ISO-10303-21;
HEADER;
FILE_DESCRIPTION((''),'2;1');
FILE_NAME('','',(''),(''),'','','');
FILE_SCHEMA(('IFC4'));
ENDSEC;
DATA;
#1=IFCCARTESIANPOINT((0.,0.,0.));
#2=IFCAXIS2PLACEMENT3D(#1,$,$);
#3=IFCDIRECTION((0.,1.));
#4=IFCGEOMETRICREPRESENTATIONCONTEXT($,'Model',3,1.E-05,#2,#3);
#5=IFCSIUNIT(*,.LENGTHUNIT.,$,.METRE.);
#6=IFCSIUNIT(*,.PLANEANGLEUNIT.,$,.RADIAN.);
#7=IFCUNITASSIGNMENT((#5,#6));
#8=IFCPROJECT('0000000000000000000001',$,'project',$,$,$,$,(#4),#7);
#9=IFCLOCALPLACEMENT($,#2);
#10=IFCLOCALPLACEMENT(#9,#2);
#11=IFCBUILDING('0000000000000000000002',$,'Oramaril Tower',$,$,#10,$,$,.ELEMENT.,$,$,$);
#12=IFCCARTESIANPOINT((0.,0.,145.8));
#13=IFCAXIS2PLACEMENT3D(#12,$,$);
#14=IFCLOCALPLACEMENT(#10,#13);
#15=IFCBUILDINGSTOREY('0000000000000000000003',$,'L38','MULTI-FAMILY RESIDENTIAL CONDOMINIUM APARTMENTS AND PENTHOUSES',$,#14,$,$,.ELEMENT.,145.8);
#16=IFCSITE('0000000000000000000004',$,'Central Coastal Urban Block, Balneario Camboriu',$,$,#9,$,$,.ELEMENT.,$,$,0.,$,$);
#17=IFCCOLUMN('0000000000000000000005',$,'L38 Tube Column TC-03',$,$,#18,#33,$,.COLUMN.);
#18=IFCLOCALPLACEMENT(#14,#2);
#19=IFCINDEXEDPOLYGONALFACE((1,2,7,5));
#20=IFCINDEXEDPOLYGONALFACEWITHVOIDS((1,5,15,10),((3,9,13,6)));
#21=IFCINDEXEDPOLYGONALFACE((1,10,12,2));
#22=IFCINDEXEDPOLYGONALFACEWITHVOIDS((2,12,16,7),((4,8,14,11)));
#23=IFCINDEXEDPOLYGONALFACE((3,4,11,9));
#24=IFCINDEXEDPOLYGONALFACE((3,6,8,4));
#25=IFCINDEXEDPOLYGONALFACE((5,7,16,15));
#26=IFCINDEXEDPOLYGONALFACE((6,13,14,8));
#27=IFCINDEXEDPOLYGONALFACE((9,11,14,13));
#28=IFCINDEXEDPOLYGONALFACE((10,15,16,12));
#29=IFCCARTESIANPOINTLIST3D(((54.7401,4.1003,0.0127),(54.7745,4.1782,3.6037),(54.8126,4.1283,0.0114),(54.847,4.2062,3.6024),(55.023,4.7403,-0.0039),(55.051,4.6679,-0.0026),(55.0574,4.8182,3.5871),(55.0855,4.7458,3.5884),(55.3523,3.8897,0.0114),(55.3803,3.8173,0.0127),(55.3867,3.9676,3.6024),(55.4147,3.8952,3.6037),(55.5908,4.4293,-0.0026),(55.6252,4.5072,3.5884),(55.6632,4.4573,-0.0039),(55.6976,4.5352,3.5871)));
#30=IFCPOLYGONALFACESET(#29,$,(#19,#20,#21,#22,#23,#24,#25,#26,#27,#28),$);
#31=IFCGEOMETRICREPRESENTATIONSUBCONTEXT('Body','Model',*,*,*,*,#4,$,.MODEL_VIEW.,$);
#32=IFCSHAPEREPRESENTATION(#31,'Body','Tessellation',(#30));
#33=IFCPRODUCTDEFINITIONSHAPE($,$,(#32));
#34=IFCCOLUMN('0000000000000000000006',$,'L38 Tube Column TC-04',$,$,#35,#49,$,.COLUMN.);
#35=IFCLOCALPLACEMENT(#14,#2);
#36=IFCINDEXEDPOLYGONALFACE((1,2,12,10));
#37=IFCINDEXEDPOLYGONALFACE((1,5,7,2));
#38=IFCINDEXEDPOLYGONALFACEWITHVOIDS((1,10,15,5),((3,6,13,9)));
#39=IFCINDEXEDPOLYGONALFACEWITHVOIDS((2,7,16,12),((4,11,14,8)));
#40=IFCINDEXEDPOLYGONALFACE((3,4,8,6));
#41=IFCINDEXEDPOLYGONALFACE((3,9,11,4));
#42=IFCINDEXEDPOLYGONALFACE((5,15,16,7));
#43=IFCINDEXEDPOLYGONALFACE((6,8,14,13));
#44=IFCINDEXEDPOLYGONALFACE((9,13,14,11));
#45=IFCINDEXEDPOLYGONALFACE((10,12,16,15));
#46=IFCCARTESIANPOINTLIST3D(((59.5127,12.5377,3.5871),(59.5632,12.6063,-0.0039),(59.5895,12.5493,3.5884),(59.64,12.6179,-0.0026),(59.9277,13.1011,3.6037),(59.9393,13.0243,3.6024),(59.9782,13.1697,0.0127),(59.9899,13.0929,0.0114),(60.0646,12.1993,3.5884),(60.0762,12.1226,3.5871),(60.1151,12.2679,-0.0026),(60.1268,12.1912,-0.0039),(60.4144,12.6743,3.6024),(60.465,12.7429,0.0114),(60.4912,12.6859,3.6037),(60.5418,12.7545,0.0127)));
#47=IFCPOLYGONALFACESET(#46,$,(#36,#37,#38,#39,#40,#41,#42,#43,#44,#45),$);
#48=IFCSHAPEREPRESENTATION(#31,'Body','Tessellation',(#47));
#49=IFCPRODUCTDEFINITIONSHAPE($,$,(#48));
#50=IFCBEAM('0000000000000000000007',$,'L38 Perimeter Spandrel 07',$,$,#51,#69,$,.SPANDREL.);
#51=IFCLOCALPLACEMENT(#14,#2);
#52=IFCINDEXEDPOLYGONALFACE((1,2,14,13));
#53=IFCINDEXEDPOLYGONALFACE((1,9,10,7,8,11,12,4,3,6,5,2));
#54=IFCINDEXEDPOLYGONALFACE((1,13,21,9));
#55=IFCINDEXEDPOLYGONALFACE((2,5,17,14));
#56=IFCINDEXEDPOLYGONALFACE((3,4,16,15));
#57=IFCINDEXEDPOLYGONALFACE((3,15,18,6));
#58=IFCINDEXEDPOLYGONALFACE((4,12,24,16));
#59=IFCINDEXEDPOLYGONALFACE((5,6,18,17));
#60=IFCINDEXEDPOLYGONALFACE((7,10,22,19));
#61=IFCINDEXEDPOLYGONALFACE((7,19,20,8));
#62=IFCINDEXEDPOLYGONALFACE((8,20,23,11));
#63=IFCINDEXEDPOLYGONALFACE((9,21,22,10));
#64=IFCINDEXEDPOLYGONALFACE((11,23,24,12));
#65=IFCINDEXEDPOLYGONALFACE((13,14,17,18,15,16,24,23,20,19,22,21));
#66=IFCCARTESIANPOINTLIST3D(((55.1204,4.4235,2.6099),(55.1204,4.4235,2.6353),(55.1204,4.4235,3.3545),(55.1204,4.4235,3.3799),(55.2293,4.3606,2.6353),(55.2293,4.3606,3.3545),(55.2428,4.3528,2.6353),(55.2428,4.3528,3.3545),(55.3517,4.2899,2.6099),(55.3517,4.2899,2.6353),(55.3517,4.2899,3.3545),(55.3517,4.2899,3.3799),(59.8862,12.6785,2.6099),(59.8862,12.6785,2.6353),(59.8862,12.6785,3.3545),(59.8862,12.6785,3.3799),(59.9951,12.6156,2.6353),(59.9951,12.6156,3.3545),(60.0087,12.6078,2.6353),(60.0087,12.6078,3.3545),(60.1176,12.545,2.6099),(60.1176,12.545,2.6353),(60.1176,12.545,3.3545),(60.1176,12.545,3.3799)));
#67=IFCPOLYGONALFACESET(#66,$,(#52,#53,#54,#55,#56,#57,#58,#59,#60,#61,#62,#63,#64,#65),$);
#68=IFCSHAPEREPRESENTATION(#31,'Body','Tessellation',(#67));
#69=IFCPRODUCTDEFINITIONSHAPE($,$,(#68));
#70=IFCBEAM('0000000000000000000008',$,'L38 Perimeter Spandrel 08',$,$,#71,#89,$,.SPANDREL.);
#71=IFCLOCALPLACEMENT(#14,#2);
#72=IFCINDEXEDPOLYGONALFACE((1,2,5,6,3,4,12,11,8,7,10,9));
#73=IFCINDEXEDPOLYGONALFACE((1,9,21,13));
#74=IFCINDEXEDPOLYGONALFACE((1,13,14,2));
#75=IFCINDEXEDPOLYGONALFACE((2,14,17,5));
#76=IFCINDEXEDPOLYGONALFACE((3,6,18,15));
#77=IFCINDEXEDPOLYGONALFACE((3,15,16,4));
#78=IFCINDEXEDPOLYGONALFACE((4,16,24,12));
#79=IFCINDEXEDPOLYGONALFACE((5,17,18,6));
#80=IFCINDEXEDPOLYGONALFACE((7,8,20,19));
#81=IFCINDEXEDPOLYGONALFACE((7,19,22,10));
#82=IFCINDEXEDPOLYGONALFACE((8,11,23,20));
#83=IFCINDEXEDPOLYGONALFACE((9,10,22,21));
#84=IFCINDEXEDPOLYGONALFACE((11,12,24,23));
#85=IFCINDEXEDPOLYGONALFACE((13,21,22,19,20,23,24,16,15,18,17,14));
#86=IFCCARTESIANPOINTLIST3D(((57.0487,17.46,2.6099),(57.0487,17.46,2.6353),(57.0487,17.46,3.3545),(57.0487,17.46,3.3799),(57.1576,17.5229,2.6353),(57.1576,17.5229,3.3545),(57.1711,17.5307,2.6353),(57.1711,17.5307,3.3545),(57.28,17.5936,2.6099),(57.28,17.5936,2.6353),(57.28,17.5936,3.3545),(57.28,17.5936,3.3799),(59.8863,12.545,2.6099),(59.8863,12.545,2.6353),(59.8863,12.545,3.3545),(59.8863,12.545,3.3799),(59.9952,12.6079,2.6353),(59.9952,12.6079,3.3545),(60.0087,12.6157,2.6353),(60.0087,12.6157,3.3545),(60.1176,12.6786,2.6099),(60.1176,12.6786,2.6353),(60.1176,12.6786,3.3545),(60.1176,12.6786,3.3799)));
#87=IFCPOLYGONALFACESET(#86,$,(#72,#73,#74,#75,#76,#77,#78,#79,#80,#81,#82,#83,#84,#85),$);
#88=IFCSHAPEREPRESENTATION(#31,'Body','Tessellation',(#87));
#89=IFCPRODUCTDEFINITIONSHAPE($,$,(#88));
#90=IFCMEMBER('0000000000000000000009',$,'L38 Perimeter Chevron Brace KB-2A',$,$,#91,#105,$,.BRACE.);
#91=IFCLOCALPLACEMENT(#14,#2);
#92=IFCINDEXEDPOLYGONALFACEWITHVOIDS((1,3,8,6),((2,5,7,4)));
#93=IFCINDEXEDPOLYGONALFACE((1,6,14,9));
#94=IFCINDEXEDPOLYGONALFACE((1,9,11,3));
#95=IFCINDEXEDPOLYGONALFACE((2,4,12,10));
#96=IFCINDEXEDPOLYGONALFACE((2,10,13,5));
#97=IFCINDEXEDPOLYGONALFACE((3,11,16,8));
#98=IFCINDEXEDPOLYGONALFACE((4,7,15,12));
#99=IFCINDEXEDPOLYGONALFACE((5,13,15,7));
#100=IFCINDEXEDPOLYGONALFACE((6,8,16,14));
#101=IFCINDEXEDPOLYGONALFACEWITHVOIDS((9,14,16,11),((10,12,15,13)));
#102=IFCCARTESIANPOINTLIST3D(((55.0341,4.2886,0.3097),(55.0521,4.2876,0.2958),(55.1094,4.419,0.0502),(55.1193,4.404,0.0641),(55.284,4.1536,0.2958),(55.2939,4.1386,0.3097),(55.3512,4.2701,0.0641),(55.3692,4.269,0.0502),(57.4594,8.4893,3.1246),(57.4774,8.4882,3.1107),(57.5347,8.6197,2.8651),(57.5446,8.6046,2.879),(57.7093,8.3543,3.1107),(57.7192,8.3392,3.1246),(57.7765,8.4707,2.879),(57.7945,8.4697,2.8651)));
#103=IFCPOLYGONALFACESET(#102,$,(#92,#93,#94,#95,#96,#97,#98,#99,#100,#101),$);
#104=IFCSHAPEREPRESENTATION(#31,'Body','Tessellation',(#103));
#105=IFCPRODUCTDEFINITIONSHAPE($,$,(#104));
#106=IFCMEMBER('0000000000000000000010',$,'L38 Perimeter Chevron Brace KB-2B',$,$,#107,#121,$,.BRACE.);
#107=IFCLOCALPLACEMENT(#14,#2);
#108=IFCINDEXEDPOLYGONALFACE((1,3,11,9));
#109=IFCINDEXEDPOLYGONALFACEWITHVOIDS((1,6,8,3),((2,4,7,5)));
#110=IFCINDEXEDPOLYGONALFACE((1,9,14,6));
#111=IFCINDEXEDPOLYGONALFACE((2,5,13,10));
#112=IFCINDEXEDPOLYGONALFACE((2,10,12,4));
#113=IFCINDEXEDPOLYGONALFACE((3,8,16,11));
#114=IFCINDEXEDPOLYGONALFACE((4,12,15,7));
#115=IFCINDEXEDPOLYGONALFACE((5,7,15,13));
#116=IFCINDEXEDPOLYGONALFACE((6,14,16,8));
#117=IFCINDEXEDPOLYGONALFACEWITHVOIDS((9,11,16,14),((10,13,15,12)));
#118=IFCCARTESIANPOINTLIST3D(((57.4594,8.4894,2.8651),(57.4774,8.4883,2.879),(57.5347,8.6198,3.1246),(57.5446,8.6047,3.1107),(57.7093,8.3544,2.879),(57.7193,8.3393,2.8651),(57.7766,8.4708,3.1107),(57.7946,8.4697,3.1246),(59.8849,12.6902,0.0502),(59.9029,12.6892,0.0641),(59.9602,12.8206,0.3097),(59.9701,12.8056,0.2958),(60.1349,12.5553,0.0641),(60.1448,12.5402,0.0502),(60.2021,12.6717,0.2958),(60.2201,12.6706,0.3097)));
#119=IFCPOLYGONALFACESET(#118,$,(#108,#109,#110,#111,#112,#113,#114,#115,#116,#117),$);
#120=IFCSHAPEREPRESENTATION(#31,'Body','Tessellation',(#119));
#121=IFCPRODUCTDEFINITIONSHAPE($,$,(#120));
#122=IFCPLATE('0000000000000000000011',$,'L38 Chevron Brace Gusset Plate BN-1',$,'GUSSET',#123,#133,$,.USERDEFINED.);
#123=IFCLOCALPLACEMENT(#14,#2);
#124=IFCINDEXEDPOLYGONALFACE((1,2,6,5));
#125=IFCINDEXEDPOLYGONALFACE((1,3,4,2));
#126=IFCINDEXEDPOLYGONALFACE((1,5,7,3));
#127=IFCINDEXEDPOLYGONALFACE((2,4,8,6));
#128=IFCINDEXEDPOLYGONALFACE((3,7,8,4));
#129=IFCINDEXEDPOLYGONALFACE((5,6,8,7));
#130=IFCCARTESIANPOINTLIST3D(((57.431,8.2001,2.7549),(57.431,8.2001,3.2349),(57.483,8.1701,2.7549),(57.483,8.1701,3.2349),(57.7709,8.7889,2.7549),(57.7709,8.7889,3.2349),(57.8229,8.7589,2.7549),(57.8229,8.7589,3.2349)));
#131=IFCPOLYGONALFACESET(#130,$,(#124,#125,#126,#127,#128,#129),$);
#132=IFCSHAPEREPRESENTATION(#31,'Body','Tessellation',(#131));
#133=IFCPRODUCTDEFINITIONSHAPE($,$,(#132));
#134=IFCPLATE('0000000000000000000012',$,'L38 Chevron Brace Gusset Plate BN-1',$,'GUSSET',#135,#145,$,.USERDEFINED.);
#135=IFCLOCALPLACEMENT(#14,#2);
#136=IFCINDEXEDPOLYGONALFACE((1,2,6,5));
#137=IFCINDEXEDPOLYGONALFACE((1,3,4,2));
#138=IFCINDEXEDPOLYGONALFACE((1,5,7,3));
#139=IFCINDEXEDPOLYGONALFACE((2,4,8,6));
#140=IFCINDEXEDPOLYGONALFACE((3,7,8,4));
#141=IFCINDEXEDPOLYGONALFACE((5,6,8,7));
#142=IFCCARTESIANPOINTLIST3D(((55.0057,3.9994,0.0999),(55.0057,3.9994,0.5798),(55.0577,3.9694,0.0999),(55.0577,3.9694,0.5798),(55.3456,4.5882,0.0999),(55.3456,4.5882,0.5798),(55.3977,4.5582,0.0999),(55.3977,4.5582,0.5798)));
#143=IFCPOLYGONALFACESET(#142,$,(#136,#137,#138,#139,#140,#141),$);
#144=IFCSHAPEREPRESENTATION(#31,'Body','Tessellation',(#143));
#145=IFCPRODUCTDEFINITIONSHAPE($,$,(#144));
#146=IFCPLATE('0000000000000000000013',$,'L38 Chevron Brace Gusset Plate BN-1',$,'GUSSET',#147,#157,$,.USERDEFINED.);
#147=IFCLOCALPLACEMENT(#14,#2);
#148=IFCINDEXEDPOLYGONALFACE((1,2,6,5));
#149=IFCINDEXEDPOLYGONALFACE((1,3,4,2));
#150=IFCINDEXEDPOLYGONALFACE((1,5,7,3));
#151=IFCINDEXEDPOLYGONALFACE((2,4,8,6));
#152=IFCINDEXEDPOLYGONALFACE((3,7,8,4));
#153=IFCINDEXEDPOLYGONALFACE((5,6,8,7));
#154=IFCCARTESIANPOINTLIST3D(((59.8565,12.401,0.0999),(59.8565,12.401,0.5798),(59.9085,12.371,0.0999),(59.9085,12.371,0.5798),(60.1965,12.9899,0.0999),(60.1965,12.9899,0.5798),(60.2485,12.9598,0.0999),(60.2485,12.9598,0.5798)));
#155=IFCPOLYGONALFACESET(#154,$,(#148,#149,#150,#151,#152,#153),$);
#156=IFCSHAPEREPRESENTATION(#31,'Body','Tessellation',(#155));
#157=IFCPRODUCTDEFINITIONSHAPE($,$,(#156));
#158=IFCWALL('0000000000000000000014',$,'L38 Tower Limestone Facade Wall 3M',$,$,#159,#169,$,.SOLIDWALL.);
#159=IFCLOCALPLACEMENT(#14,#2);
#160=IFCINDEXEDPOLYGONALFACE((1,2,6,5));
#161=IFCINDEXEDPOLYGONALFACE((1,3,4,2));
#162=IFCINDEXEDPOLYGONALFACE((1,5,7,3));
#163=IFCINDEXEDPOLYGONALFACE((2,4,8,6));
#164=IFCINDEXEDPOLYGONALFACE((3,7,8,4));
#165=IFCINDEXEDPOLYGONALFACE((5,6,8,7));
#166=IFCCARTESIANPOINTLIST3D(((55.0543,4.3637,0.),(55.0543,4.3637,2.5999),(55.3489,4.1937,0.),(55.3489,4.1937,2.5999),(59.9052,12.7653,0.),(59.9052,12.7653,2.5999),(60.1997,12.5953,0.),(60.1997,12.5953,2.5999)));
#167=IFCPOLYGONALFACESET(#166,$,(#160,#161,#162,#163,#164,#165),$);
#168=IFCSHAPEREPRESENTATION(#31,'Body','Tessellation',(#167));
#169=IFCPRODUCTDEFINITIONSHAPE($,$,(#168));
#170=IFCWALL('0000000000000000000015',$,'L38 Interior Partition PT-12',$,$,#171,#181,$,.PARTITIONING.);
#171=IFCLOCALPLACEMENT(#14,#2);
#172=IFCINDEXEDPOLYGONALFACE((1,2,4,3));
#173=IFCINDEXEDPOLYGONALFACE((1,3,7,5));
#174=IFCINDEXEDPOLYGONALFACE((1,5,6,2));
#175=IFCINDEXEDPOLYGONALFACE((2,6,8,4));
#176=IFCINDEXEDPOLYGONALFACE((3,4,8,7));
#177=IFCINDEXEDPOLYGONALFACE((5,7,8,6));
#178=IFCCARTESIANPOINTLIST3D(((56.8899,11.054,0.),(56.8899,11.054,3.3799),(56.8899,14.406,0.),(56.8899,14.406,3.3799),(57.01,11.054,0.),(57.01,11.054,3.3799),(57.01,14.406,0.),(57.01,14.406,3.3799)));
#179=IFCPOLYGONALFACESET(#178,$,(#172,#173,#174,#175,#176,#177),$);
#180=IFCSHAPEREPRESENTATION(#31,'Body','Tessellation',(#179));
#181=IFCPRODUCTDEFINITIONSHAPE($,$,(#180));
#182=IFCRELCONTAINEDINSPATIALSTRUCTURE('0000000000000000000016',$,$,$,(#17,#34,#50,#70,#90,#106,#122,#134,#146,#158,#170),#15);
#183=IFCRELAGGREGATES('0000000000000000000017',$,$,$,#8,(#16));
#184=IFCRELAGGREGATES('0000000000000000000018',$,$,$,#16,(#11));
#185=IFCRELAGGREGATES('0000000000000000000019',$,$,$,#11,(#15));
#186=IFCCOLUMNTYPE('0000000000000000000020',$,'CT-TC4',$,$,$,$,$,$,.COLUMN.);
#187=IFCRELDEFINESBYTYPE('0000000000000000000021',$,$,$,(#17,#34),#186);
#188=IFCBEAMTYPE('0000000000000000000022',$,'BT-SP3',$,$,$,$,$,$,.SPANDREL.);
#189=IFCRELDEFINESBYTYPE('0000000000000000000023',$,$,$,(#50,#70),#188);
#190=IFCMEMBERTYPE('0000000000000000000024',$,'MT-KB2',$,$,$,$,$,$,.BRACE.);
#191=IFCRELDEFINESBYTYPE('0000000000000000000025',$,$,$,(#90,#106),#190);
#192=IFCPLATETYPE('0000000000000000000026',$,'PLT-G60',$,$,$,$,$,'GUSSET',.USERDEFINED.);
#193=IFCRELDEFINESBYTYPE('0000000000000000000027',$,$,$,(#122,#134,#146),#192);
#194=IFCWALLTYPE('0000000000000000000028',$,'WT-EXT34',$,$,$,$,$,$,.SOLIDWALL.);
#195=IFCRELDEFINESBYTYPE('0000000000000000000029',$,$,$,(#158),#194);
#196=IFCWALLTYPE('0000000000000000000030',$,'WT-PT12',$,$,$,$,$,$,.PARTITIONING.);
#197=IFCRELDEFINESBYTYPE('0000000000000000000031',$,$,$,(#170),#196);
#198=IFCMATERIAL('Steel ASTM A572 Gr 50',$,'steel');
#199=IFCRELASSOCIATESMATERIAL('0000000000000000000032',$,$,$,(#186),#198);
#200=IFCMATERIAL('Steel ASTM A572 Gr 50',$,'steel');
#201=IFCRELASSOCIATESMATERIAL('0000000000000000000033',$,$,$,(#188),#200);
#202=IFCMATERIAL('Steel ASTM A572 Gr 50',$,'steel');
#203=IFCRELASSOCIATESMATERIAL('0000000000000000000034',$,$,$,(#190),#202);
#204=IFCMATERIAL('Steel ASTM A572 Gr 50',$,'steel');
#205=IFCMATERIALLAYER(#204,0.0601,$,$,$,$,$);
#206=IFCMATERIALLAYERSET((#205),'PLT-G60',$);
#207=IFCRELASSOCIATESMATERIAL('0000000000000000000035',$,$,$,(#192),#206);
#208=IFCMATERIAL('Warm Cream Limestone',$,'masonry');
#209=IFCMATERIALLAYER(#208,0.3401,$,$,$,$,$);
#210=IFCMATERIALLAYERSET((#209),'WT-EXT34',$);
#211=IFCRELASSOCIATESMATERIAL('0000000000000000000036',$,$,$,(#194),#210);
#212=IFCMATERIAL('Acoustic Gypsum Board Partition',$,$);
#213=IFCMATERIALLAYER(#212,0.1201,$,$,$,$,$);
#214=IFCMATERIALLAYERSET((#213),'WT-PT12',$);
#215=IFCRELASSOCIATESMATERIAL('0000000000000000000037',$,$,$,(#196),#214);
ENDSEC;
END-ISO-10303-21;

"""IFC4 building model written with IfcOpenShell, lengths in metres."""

from ifc_helpers import new_model, si_unit, direction, frame, frame_2d, origin, origin_2d, place, context, subcontext, project, spatial, rectangle, hollow_rectangle, i_section, extrude, material, layer, layer_set, material_profile, profile_set, type_object, element, save


model = new_model("IFC4")

# Units and contexts
model_context = context("Model", 3, precision=1e-05, world=origin(), true_north=direction((0.0, 1.0)))
body_context = subcontext(model_context, "Body", "Model", "MODEL_VIEW")
ifc_project = project(units=[si_unit("LENGTHUNIT", "METRE"), si_unit("PLANEANGLEUNIT", "RADIAN")], contexts=[model_context])

# Site, building, storey
site_placement = place(None, origin())
site = spatial("IfcSite", under=ifc_project, at=site_placement, Name="Central Coastal Urban Block, Balneario Camboriu", CompositionType="ELEMENT", RefElevation=0.0)
building_placement = place(site_placement, origin())
building = spatial("IfcBuilding", under=site, at=building_placement, Name="Oramaril Tower", CompositionType="ELEMENT")
storey_placement = place(building_placement, frame((0.0, 0.0, 145.8)))
storey = spatial("IfcBuildingStorey", under=building, at=storey_placement, Name="L38", Description="MULTI-FAMILY RESIDENTIAL CONDOMINIUM APARTMENTS AND PENTHOUSES", CompositionType="ELEMENT", Elevation=145.8)

# Columns
ifc_material_1 = material(Name="Steel ASTM A572 Gr 50", Category="steel")
ifc_material_profile_1 = material_profile(ifc_material_1, hollow_rectangle(XDim=0.7, YDim=0.7, WallThickness=0.0549, at=origin_2d()), Name="BOX700X700X55")
ifc_profile_set_1 = profile_set([ifc_material_profile_1], Name="Steel ASTM A572 Gr 50")
column_type = type_object("IfcColumnType", Name="CT-TC4", PredefinedType="COLUMN", material=ifc_profile_set_1)
for number, where, z_axis, x_axis, name in (
    (1, (55.2017, 4.2788, 0.0044), (0.009583, 0.021681, 0.999719), (-0.914637, 0.404275, 0.0), "L38 Tube Column TC-03"),
    (2, (60.0525, 12.6804, 0.0044), (-0.014069, -0.019099, 0.999719), (0.805128, -0.593101, 0.0), "L38 Tube Column TC-04"),
):
    element("IfcColumn", number, at=place(storey_placement, frame(where, z_axis=z_axis, x_axis=x_axis)), inside=storey, type_object=column_type, Name=name, PredefinedType="COLUMN", context=body_context, shape_type="SweptSolid", body=[
        extrude(hollow_rectangle(XDim=0.7, YDim=0.7, WallThickness=0.0549, at=origin_2d()), origin(), (0.0, 0.0, 1.0), 3.592),
    ])

# Beams
ifc_material_2 = material(Name="Steel ASTM A572 Gr 50", Category="steel")
ifc_material_profile_2 = material_profile(ifc_material_2, i_section(OverallWidth=0.2671, OverallDepth=0.77, WebThickness=0.0156, FlangeThickness=0.0254, at=origin_2d()), Name="W30X132")
ifc_profile_set_2 = profile_set([ifc_material_profile_2], Name="Steel ASTM A572 Gr 50")
beam_type = type_object("IfcBeamType", Name="BT-SP3", PredefinedType="SPANDREL", material=ifc_profile_set_2)
beam_1_placement = place(storey_placement, frame((55.2361, 4.3567, 2.9949), z_axis=(0.499982, 0.866036, 0.0), x_axis=(-0.866036, 0.499982, 0.0)))
element("IfcBeam", 3, at=beam_1_placement, inside=storey, type_object=beam_type, Name="L38 Perimeter Spandrel 07", PredefinedType="SPANDREL", context=body_context, shape_type="SweptSolid", body=[
    extrude(i_section(OverallWidth=0.2671, OverallDepth=0.77, WebThickness=0.0156, FlangeThickness=0.0254, at=origin_2d()), origin(), (0.0, 0.0, 1.0), 9.532),
])
beam_2_placement = place(storey_placement, frame((60.002, 12.6118, 2.9949), z_axis=(-0.499993, 0.866029, 0.0), x_axis=(-0.866029, -0.499993, 0.0)))
element("IfcBeam", 4, at=beam_2_placement, inside=storey, type_object=beam_type, Name="L38 Perimeter Spandrel 08", PredefinedType="SPANDREL", context=body_context, shape_type="SweptSolid", body=[
    extrude(i_section(OverallWidth=0.2671, OverallDepth=0.77, WebThickness=0.0156, FlangeThickness=0.0254, at=origin_2d()), origin(), (0.0, 0.0, 1.0), 5.6753),
])

# Members
ifc_material_3 = material(Name="Steel ASTM A572 Gr 50", Category="steel")
ifc_material_profile_3 = material_profile(ifc_material_3, hollow_rectangle(XDim=0.3, YDim=0.3, WallThickness=0.0161, at=origin_2d()), Name="HSS300X300X16")
ifc_profile_set_3 = profile_set([ifc_material_profile_3], Name="Steel ASTM A572 Gr 50")
member_type = type_object("IfcMemberType", Name="MT-KB2", PredefinedType="BRACE", material=ifc_profile_set_3)
member_1_placement = place(storey_placement, frame((55.2017, 4.2788, 0.1799), z_axis=(0.432456, 0.749028, 0.501935), x_axis=(-0.866023, 0.500004, 0.0)))
element("IfcMember", 5, at=member_1_placement, inside=storey, type_object=member_type, Name="L38 Perimeter Chevron Brace KB-2A", PredefinedType="BRACE", context=body_context, shape_type="SweptSolid", body=[
    extrude(hollow_rectangle(XDim=0.3, YDim=0.3, WallThickness=0.0161, at=origin_2d()), origin(), (0.0, 0.0, 1.0), 5.6082),
])
member_2_placement = place(storey_placement, frame((60.0525, 12.6804, 0.1799), z_axis=(-0.432478, -0.749033, 0.501909), x_axis=(0.866014, -0.50002, 0.0)))
element("IfcMember", 6, at=member_2_placement, inside=storey, type_object=member_type, Name="L38 Perimeter Chevron Brace KB-2B", PredefinedType="BRACE", context=body_context, shape_type="SweptSolid", body=[
    extrude(hollow_rectangle(XDim=0.3, YDim=0.3, WallThickness=0.0161, at=origin_2d()), origin(), (0.0, 0.0, 1.0), 5.6084),
])

# Plates
ifc_material_4 = material(Name="Steel ASTM A572 Gr 50", Category="steel")
ifc_layer_1 = layer(ifc_material_4, 0.0601)
ifc_layer_set_1 = layer_set([ifc_layer_1], Name="PLT-G60")
plate_type = type_object("IfcPlateType", Name="PLT-G60", ElementType="GUSSET", PredefinedType="USERDEFINED", material=ifc_layer_set_1)
for number, where, z_axis, x_axis, name in (
    (7, (57.627, 8.4795, 2.7549), (0.0, 0.0, 1.0), (0.500003, 0.866024, 0.0), "L38 Chevron Brace Gusset Plate BN-1"),
    (8, (55.2017, 4.2788, 0.0999), (0.0, 0.0, 1.0), (0.500003, 0.866024, 0.0), "L38 Chevron Brace Gusset Plate BN-1"),
    (9, (60.0525, 12.6804, 0.0999), (0.0, 0.0, 1.0), (0.500003, 0.866024, 0.0), "L38 Chevron Brace Gusset Plate BN-1"),
):
    element("IfcPlate", number, at=place(storey_placement, frame(where, z_axis=z_axis, x_axis=x_axis)), inside=storey, type_object=plate_type, Name=name, ObjectType="GUSSET", PredefinedType="USERDEFINED", context=body_context, shape_type="SweptSolid", body=[
        extrude(rectangle(XDim=0.6799, YDim=0.0601, at=origin_2d()), origin(), (0.0, 0.0, 1.0), 0.48),
    ])

# Wall
ifc_material_5 = material(Name="Warm Cream Limestone", Category="masonry")
ifc_layer_2 = layer(ifc_material_5, 0.3401)
ifc_layer_set_2 = layer_set([ifc_layer_2], Name="WT-EXT34")
wall_type_1 = type_object("IfcWallType", Name="WT-EXT34", PredefinedType="SOLIDWALL", material=ifc_layer_set_2)
wall_1_placement = place(storey_placement, frame((55.2017, 4.2788, 0.0), z_axis=(0.0, 0.0, 1.0), x_axis=(0.500012, 0.866018, 0.0)))
element("IfcWall", 10, at=wall_1_placement, inside=storey, type_object=wall_type_1, Name="L38 Tower Limestone Facade Wall 3M", PredefinedType="SOLIDWALL", context=body_context, shape_type="SweptSolid", body=[
    extrude(rectangle(XDim=9.7014, YDim=0.3401, at=frame_2d((4.8506, 0.0))), origin(), (0.0, 0.0, 1.0), 2.5999),
])

# Wall
ifc_material_6 = material(Name="Acoustic Gypsum Board Partition")
ifc_layer_3 = layer(ifc_material_6, 0.1201)
ifc_layer_set_3 = layer_set([ifc_layer_3], Name="WT-PT12")
wall_type_2 = type_object("IfcWallType", Name="WT-PT12", PredefinedType="PARTITIONING", material=ifc_layer_set_3)
wall_2_placement = place(storey_placement, frame((56.95, 11.054, 0.0), z_axis=(0.0, 0.0, 1.0), x_axis=(0.0, 1.0, 0.0)))
element("IfcWall", 11, at=wall_2_placement, inside=storey, type_object=wall_type_2, Name="L38 Interior Partition PT-12", PredefinedType="PARTITIONING", context=body_context, shape_type="SweptSolid", body=[
    extrude(rectangle(XDim=3.3521, YDim=0.1201, at=frame_2d((1.676, 0.0))), origin(), (0.0, 0.0, 1.0), 3.3799),
])

save(model, "model.ifc")
